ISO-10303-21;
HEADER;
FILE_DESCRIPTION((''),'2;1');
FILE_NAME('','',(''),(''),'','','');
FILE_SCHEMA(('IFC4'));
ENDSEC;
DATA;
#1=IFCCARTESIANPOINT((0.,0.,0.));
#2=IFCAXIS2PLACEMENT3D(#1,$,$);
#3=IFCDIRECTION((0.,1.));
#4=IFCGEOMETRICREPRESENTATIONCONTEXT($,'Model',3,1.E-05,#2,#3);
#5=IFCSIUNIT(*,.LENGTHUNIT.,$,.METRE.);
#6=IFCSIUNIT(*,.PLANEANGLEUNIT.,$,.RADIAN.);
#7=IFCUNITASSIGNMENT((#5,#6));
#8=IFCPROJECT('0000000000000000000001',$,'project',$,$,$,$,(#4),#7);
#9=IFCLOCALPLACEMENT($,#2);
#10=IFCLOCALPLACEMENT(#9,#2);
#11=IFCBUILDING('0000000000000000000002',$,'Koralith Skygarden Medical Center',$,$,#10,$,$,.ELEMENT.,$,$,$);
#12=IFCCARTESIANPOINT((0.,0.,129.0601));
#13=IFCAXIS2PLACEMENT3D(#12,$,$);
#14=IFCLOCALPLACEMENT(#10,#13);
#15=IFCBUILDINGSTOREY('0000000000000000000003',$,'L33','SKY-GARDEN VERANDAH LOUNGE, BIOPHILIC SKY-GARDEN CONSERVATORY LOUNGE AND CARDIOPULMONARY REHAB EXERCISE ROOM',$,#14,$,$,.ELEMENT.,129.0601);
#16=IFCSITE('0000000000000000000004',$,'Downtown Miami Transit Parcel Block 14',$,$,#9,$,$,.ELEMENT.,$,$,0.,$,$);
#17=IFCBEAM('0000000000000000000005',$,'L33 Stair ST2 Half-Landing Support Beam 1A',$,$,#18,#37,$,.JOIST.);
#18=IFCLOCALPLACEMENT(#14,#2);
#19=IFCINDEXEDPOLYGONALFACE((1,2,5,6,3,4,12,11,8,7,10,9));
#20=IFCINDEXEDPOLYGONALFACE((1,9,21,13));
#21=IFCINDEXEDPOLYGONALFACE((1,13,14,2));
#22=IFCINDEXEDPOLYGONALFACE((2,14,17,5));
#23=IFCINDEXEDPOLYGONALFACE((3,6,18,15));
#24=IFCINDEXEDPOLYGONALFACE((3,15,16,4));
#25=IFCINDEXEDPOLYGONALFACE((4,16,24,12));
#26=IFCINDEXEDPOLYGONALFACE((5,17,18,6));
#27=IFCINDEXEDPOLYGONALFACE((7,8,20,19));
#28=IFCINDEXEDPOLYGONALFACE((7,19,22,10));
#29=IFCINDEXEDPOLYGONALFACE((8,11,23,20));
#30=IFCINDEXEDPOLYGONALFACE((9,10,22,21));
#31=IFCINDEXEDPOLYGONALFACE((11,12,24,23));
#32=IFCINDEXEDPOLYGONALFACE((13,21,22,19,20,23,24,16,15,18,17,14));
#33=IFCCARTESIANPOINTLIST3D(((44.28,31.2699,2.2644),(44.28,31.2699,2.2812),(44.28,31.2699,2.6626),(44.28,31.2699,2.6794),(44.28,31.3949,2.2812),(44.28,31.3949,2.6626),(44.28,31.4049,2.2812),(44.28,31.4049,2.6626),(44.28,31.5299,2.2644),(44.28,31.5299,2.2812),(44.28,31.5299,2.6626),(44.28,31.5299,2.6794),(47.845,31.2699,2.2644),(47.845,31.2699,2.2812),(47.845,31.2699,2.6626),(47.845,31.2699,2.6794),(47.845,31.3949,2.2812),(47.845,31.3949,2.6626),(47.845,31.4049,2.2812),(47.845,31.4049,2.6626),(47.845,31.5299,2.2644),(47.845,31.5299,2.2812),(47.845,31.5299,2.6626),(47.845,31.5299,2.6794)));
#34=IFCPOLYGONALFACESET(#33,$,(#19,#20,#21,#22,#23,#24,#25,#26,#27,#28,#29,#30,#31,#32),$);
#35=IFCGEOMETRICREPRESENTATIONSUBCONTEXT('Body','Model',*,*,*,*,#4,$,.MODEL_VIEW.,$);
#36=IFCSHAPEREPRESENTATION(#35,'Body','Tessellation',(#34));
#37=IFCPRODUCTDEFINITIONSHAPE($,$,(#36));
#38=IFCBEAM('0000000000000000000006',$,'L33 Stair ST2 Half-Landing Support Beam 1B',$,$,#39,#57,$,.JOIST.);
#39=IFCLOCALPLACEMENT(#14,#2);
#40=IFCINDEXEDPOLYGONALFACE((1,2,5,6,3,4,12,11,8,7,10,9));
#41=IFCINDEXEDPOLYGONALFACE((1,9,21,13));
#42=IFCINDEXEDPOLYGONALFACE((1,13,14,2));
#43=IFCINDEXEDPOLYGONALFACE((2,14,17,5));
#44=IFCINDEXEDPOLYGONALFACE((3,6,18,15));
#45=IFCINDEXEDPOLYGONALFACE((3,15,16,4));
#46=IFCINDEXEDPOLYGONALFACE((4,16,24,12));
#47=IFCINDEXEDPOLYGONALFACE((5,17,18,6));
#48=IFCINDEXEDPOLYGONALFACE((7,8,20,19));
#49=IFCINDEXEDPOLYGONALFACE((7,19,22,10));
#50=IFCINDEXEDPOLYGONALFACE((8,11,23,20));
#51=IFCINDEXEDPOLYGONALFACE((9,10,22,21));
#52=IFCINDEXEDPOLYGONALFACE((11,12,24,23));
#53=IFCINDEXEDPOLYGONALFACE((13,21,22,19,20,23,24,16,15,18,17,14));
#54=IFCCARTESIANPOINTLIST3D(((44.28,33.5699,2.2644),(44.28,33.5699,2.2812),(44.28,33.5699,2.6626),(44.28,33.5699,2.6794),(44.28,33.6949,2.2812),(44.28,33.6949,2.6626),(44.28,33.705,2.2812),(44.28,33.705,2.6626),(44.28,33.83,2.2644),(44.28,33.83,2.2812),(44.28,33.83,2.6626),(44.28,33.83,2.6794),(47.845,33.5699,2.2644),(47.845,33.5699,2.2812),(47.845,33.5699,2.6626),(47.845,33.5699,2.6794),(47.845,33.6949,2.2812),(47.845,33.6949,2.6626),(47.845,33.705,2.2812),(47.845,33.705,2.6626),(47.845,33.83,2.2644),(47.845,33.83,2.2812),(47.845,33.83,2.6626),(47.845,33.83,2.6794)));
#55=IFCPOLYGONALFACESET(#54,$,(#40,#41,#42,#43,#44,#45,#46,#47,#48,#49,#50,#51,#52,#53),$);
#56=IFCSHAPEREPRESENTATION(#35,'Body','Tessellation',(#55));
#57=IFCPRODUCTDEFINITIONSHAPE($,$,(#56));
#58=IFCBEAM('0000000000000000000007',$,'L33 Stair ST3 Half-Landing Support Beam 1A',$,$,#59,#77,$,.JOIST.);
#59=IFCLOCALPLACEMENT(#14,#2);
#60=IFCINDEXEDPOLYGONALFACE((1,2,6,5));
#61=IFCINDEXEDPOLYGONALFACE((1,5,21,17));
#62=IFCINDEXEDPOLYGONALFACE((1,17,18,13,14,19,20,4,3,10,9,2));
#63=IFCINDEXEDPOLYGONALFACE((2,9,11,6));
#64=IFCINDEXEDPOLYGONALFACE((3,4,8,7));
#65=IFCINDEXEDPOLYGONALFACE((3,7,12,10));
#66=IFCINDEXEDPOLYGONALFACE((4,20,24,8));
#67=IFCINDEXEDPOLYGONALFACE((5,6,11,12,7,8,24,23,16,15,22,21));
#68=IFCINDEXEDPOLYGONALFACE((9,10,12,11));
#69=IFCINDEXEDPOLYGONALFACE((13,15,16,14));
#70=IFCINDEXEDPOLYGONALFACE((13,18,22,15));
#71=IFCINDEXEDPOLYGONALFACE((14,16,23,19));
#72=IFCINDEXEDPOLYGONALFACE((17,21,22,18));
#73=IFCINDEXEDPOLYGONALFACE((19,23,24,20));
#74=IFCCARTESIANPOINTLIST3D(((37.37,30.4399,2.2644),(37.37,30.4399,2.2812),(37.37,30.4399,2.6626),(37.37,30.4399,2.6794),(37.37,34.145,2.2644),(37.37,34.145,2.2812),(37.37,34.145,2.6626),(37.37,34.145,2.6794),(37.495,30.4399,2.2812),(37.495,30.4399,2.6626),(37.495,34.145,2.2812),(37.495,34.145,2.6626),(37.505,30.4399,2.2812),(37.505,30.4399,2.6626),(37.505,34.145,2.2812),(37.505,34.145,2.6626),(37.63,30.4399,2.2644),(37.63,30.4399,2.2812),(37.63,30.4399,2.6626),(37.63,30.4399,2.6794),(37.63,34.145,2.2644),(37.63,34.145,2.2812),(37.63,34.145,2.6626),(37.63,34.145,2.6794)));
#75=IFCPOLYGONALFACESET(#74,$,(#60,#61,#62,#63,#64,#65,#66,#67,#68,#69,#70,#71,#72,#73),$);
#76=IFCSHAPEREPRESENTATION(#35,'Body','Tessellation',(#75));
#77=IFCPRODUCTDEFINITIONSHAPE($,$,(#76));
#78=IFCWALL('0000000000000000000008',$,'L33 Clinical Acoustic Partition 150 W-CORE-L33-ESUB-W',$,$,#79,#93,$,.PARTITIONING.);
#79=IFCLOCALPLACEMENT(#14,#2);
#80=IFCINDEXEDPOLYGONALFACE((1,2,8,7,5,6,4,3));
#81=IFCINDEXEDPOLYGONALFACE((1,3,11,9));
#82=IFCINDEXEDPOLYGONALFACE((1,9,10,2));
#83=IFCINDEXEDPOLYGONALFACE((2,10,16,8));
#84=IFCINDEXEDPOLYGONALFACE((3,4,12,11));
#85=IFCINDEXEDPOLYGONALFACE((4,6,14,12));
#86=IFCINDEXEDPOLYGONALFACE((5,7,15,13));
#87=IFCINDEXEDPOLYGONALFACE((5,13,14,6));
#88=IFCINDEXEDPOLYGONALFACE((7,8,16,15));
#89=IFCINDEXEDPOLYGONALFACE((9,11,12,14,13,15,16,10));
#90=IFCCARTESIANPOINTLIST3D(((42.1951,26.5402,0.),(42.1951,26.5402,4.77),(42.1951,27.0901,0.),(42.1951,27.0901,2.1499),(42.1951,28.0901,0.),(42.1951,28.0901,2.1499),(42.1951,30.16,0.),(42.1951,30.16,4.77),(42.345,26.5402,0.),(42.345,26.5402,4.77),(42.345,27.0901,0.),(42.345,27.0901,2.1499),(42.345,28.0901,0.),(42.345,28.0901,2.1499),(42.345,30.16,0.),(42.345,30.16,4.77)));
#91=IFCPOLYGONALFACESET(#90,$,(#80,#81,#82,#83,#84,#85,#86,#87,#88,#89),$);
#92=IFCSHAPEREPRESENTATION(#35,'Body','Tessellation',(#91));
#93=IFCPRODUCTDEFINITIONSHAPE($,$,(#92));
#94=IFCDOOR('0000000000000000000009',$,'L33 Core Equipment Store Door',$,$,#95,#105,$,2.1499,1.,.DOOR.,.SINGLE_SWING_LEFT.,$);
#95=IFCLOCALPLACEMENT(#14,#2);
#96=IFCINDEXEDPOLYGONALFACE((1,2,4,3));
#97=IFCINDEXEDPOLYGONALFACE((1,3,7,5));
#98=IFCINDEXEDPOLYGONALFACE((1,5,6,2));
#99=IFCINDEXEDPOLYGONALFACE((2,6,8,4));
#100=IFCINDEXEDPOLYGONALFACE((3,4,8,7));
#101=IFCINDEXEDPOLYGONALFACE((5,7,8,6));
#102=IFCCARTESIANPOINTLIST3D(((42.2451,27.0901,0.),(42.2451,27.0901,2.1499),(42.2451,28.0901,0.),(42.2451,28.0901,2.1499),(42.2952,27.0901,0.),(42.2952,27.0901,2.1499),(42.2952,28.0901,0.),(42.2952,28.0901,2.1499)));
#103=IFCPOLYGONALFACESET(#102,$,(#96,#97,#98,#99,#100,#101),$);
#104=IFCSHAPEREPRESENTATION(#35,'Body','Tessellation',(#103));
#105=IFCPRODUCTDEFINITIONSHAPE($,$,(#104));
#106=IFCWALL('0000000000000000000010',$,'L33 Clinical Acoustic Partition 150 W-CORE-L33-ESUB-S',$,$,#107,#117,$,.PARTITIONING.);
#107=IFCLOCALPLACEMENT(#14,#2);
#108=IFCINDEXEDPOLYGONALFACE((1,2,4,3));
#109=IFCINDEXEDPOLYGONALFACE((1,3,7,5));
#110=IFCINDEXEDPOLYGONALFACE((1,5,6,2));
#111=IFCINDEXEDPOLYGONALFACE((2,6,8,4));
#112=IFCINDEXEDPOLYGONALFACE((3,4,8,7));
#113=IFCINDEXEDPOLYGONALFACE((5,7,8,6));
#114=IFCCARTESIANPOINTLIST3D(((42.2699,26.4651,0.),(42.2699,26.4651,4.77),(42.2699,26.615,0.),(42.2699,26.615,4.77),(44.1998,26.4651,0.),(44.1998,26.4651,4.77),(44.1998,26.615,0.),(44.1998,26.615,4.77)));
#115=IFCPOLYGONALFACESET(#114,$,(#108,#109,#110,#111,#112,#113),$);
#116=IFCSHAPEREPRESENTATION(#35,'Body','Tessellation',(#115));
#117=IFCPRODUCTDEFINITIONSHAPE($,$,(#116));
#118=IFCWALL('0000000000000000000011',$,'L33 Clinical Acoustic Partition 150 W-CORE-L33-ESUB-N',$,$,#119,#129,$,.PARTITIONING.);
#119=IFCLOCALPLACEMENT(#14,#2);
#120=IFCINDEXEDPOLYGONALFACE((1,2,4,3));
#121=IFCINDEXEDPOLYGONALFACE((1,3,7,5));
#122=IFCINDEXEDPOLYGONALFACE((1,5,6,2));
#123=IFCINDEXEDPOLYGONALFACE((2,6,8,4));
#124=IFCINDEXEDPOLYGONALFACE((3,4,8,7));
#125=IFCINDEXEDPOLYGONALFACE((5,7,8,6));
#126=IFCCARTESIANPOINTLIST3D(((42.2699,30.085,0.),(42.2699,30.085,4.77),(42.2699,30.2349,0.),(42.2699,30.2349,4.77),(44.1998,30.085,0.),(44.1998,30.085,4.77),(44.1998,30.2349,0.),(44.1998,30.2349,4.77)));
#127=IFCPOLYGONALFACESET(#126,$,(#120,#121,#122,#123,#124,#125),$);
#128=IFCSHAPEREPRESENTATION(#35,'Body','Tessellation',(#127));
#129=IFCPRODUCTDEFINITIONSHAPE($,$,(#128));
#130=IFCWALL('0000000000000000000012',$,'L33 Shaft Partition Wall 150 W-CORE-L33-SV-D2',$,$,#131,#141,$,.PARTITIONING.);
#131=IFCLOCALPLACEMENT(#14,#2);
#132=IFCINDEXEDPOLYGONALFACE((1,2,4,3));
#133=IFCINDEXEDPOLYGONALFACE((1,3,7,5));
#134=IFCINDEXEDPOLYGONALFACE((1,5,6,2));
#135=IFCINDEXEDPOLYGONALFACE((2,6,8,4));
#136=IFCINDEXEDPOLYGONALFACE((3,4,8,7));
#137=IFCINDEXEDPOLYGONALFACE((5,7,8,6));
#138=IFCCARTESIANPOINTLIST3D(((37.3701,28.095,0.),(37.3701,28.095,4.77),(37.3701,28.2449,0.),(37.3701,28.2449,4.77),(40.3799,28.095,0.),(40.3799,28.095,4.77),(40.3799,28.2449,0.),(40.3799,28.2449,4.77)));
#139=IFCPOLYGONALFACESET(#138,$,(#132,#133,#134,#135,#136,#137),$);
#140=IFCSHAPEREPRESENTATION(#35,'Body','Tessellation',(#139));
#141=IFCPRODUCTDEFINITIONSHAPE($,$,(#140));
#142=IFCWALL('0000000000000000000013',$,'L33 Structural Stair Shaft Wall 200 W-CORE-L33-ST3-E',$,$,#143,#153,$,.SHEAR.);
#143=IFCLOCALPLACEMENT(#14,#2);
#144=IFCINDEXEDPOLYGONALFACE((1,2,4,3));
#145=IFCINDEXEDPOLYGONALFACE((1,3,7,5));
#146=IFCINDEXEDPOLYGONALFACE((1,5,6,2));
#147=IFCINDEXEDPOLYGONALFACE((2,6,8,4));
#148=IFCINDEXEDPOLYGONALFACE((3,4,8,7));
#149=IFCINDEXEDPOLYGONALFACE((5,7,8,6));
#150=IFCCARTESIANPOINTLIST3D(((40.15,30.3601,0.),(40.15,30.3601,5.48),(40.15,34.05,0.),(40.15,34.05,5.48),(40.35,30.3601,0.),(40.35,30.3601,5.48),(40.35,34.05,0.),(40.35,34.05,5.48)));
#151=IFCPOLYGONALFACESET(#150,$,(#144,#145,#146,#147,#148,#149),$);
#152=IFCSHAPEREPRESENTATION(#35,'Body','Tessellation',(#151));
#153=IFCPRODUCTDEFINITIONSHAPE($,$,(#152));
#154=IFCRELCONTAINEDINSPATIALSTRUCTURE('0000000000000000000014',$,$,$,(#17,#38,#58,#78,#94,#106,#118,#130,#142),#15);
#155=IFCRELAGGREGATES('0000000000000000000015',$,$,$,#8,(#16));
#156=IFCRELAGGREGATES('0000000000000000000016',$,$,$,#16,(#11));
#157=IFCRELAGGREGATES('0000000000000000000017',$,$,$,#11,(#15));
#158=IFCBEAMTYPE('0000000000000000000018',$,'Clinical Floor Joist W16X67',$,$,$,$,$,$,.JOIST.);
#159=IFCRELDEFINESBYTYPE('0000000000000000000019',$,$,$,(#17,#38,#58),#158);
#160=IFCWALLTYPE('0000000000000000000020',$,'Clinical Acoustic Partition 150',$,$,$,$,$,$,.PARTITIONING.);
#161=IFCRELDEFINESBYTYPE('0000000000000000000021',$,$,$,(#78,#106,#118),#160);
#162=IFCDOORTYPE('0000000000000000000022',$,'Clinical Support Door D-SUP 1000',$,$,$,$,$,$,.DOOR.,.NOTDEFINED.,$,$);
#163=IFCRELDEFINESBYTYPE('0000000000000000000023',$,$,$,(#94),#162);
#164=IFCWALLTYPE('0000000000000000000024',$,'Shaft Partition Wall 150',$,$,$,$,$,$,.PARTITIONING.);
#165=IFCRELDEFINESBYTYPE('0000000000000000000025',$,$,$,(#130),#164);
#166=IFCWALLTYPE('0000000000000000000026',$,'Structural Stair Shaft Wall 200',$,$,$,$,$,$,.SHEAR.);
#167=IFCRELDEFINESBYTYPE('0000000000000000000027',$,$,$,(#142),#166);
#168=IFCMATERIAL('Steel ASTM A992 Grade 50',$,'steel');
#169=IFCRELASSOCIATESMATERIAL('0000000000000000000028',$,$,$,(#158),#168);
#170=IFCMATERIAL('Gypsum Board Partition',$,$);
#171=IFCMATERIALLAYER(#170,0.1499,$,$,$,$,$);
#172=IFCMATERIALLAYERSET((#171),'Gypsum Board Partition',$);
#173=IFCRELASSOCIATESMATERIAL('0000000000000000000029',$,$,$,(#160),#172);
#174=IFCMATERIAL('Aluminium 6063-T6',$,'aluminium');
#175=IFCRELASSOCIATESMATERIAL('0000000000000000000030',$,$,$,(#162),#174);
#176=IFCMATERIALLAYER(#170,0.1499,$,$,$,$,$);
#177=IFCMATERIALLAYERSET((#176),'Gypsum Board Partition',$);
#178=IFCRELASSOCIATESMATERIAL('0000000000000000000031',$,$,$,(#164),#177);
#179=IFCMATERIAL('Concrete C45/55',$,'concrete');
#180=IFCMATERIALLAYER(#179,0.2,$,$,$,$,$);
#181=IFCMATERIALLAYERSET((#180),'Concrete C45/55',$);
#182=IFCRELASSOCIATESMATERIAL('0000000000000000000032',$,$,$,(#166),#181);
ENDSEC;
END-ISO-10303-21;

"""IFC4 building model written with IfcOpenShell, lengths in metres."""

from ifc_helpers import new_model, si_unit, direction, frame, frame_2d, origin, origin_2d, place, context, subcontext, project, spatial, rectangle, i_section, extrude, material, layer, layer_set, material_profile, profile_set, type_object, element, fill, save


model = new_model("IFC4")

# Units and contexts
model_context = context("Model", 3, precision=1e-05, world=origin(), true_north=direction((0.0, 1.0)))
body_context = subcontext(model_context, "Body", "Model", "MODEL_VIEW")
ifc_project = project(units=[si_unit("LENGTHUNIT", "METRE"), si_unit("PLANEANGLEUNIT", "RADIAN")], contexts=[model_context])

# Site, building, storey
site_placement = place(None, origin())
site = spatial("IfcSite", under=ifc_project, at=site_placement, Name="Downtown Miami Transit Parcel Block 14", CompositionType="ELEMENT", RefElevation=0.0)
building_placement = place(site_placement, origin())
building = spatial("IfcBuilding", under=site, at=building_placement, Name="Koralith Skygarden Medical Center", CompositionType="ELEMENT")
storey_placement = place(building_placement, frame((0.0, 0.0, 129.0601)))
storey = spatial("IfcBuildingStorey", under=building, at=storey_placement, Name="L33", Description="SKY-GARDEN VERANDAH LOUNGE, BIOPHILIC SKY-GARDEN CONSERVATORY LOUNGE AND CARDIOPULMONARY REHAB EXERCISE ROOM", CompositionType="ELEMENT", Elevation=129.0601)

# Beams
ifc_material_1 = material(Name="Steel ASTM A992 Grade 50", Category="steel")
ifc_material_profile = material_profile(ifc_material_1, i_section(OverallWidth=0.26, OverallDepth=0.415, WebThickness=0.01, FlangeThickness=0.0168, at=origin_2d()), Name="W16X67")
ifc_profile_set = profile_set([ifc_material_profile], Name="Steel ASTM A992 Grade 50")
beam_type = type_object("IfcBeamType", Name="Clinical Floor Joist W16X67", PredefinedType="JOIST", material=ifc_profile_set)
for number, where, z_axis, x_axis, name in (
    (1, (44.28, 31.3999, 2.4719), (1.0, 0.0, 0.0), (0.0, 1.0, 0.0), "L33 Stair ST2 Half-Landing Support Beam 1A"),
    (2, (44.28, 33.7, 2.4719), (1.0, 0.0, 0.0), (0.0, 1.0, 0.0), "L33 Stair ST2 Half-Landing Support Beam 1B"),
):
    element("IfcBeam", number, at=place(storey_placement, frame(where, z_axis=z_axis, x_axis=x_axis)), inside=storey, type_object=beam_type, Name=name, PredefinedType="JOIST", context=body_context, shape_type="SweptSolid", body=[
        extrude(i_section(OverallWidth=0.26, OverallDepth=0.415, WebThickness=0.01, FlangeThickness=0.0168, at=origin_2d()), origin(), (0.0, 0.0, 1.0), 3.5649),
    ])
beam_placement = place(storey_placement, frame((37.5, 30.4399, 2.4719), z_axis=(0.0, 1.0, 0.0), x_axis=(-1.0, 0.0, 0.0)))
element("IfcBeam", 3, at=beam_placement, inside=storey, type_object=beam_type, Name="L33 Stair ST3 Half-Landing Support Beam 1A", PredefinedType="JOIST", context=body_context, shape_type="SweptSolid", body=[
    extrude(i_section(OverallWidth=0.26, OverallDepth=0.415, WebThickness=0.01, FlangeThickness=0.0168, at=origin_2d()), origin(), (0.0, 0.0, 1.0), 3.7051),
])

# Wall, opening, door
ifc_material_2 = material(Name="Gypsum Board Partition")
ifc_layer_1 = layer(ifc_material_2, 0.1499)
ifc_layer_set_1 = layer_set([ifc_layer_1], Name="Gypsum Board Partition")
wall_type_1 = type_object("IfcWallType", Name="Clinical Acoustic Partition 150", PredefinedType="PARTITIONING", material=ifc_layer_set_1)
wall_1_placement = place(storey_placement, frame((42.27, 26.54, 0.0), z_axis=(0.0, 0.0, 1.0), x_axis=(0.0, 1.0, 0.0)))
wall_1 = element("IfcWall", 4, at=wall_1_placement, inside=storey, type_object=wall_type_1, Name="L33 Clinical Acoustic Partition 150 W-CORE-L33-ESUB-W", PredefinedType="PARTITIONING", context=body_context, shape_type="SweptSolid", body=[
    extrude(rectangle(XDim=3.6199, YDim=0.1499, at=frame_2d((1.8101, 0.0))), origin(), (0.0, 0.0, 1.0), 4.77),
])
opening_1_placement = place(wall_1_placement, frame((0.55, 0.0, 0.0)))
opening_1 = element("IfcOpeningElement", 5, at=opening_1_placement, cuts=wall_1, PredefinedType="OPENING", context=body_context, shape_type="SweptSolid", body=[
    extrude(rectangle(XDim=1.0, YDim=2.1499, at=frame_2d((0.5, 1.075))), frame((0.0, 0.085, 0.0), z_axis=(0.0, -1.0, 0.0), x_axis=(1.0, 0.0, 0.0)), (0.0, 0.0, 1.0), 0.1699),
])
ifc_material_3 = material(Name="Aluminium 6063-T6", Category="aluminium")
door_type_1 = type_object("IfcDoorType", Name="Clinical Support Door D-SUP 1000", OperationType="NOTDEFINED", PredefinedType="DOOR", material=ifc_material_3)
door_1_placement = place(opening_1_placement, origin())
door_1 = element("IfcDoor", 6, at=door_1_placement, inside=storey, type_object=door_type_1, Name="L33 Core Equipment Store Door", OperationType="SINGLE_SWING_LEFT", OverallHeight=2.1499, OverallWidth=1.0, PredefinedType="DOOR", context=body_context, shape_type="SweptSolid", body=[
    extrude(rectangle(XDim=1.0, YDim=2.1499, at=frame_2d((0.5, 1.075))), frame((0.0, 0.0249, 0.0), z_axis=(0.0, -1.0, 0.0), x_axis=(1.0, 0.0, 0.0)), (0.0, 0.0, 1.0), 0.05),
])
fill(opening_1, door_1)

# Walls
for number, where, z_axis, x_axis, name in (
    (7, (42.27, 26.54, 0.0), (0.0, 0.0, 1.0), (1.0, 0.0, 0.0), "L33 Clinical Acoustic Partition 150 W-CORE-L33-ESUB-S"),
    (8, (42.27, 30.1599, 0.0), (0.0, 0.0, 1.0), (1.0, 0.0, 0.0), "L33 Clinical Acoustic Partition 150 W-CORE-L33-ESUB-N"),
):
    element("IfcWall", number, at=place(storey_placement, frame(where, z_axis=z_axis, x_axis=x_axis)), inside=storey, type_object=wall_type_1, Name=name, PredefinedType="PARTITIONING", context=body_context, shape_type="SweptSolid", body=[
        extrude(rectangle(XDim=1.9299, YDim=0.1499, at=frame_2d((0.9648, 0.0))), origin(), (0.0, 0.0, 1.0), 4.77),
    ])

# Walls
ifc_layer_2 = layer(ifc_material_2, 0.1499)
ifc_layer_set_2 = layer_set([ifc_layer_2], Name="Gypsum Board Partition")
wall_type_2 = type_object("IfcWallType", Name="Shaft Partition Wall 150", PredefinedType="PARTITIONING", material=ifc_layer_set_2)
wall_2_placement = place(storey_placement, frame((37.3701, 28.1699, 0.0), z_axis=(0.0, 0.0, 1.0), x_axis=(1.0, 0.0, 0.0)))
element("IfcWall", 9, at=wall_2_placement, inside=storey, type_object=wall_type_2, Name="L33 Shaft Partition Wall 150 W-CORE-L33-SV-D2", PredefinedType="PARTITIONING", context=body_context, shape_type="SweptSolid", body=[
    extrude(rectangle(XDim=3.0098, YDim=0.1499, at=frame_2d((1.5049, 0.0))), origin(), (0.0, 0.0, 1.0), 4.77),
])
ifc_material_4 = material(Name="Concrete C45/55", Category="concrete")
ifc_layer_3 = layer(ifc_material_4, 0.2)
ifc_layer_set_3 = layer_set([ifc_layer_3], Name="Concrete C45/55")
wall_type_3 = type_object("IfcWallType", Name="Structural Stair Shaft Wall 200", PredefinedType="SHEAR", material=ifc_layer_set_3)
wall_3_placement = place(storey_placement, frame((40.25, 30.3601, 0.0), z_axis=(0.0, 0.0, 1.0), x_axis=(0.0, 1.0, 0.0)))
element("IfcWall", 10, at=wall_3_placement, inside=storey, type_object=wall_type_3, Name="L33 Structural Stair Shaft Wall 200 W-CORE-L33-ST3-E", PredefinedType="SHEAR", context=body_context, shape_type="SweptSolid", body=[
    extrude(rectangle(XDim=3.6899, YDim=0.2, at=frame_2d((1.845, 0.0))), origin(), (0.0, 0.0, 1.0), 5.48),
])

save(model, "model.ifc")
